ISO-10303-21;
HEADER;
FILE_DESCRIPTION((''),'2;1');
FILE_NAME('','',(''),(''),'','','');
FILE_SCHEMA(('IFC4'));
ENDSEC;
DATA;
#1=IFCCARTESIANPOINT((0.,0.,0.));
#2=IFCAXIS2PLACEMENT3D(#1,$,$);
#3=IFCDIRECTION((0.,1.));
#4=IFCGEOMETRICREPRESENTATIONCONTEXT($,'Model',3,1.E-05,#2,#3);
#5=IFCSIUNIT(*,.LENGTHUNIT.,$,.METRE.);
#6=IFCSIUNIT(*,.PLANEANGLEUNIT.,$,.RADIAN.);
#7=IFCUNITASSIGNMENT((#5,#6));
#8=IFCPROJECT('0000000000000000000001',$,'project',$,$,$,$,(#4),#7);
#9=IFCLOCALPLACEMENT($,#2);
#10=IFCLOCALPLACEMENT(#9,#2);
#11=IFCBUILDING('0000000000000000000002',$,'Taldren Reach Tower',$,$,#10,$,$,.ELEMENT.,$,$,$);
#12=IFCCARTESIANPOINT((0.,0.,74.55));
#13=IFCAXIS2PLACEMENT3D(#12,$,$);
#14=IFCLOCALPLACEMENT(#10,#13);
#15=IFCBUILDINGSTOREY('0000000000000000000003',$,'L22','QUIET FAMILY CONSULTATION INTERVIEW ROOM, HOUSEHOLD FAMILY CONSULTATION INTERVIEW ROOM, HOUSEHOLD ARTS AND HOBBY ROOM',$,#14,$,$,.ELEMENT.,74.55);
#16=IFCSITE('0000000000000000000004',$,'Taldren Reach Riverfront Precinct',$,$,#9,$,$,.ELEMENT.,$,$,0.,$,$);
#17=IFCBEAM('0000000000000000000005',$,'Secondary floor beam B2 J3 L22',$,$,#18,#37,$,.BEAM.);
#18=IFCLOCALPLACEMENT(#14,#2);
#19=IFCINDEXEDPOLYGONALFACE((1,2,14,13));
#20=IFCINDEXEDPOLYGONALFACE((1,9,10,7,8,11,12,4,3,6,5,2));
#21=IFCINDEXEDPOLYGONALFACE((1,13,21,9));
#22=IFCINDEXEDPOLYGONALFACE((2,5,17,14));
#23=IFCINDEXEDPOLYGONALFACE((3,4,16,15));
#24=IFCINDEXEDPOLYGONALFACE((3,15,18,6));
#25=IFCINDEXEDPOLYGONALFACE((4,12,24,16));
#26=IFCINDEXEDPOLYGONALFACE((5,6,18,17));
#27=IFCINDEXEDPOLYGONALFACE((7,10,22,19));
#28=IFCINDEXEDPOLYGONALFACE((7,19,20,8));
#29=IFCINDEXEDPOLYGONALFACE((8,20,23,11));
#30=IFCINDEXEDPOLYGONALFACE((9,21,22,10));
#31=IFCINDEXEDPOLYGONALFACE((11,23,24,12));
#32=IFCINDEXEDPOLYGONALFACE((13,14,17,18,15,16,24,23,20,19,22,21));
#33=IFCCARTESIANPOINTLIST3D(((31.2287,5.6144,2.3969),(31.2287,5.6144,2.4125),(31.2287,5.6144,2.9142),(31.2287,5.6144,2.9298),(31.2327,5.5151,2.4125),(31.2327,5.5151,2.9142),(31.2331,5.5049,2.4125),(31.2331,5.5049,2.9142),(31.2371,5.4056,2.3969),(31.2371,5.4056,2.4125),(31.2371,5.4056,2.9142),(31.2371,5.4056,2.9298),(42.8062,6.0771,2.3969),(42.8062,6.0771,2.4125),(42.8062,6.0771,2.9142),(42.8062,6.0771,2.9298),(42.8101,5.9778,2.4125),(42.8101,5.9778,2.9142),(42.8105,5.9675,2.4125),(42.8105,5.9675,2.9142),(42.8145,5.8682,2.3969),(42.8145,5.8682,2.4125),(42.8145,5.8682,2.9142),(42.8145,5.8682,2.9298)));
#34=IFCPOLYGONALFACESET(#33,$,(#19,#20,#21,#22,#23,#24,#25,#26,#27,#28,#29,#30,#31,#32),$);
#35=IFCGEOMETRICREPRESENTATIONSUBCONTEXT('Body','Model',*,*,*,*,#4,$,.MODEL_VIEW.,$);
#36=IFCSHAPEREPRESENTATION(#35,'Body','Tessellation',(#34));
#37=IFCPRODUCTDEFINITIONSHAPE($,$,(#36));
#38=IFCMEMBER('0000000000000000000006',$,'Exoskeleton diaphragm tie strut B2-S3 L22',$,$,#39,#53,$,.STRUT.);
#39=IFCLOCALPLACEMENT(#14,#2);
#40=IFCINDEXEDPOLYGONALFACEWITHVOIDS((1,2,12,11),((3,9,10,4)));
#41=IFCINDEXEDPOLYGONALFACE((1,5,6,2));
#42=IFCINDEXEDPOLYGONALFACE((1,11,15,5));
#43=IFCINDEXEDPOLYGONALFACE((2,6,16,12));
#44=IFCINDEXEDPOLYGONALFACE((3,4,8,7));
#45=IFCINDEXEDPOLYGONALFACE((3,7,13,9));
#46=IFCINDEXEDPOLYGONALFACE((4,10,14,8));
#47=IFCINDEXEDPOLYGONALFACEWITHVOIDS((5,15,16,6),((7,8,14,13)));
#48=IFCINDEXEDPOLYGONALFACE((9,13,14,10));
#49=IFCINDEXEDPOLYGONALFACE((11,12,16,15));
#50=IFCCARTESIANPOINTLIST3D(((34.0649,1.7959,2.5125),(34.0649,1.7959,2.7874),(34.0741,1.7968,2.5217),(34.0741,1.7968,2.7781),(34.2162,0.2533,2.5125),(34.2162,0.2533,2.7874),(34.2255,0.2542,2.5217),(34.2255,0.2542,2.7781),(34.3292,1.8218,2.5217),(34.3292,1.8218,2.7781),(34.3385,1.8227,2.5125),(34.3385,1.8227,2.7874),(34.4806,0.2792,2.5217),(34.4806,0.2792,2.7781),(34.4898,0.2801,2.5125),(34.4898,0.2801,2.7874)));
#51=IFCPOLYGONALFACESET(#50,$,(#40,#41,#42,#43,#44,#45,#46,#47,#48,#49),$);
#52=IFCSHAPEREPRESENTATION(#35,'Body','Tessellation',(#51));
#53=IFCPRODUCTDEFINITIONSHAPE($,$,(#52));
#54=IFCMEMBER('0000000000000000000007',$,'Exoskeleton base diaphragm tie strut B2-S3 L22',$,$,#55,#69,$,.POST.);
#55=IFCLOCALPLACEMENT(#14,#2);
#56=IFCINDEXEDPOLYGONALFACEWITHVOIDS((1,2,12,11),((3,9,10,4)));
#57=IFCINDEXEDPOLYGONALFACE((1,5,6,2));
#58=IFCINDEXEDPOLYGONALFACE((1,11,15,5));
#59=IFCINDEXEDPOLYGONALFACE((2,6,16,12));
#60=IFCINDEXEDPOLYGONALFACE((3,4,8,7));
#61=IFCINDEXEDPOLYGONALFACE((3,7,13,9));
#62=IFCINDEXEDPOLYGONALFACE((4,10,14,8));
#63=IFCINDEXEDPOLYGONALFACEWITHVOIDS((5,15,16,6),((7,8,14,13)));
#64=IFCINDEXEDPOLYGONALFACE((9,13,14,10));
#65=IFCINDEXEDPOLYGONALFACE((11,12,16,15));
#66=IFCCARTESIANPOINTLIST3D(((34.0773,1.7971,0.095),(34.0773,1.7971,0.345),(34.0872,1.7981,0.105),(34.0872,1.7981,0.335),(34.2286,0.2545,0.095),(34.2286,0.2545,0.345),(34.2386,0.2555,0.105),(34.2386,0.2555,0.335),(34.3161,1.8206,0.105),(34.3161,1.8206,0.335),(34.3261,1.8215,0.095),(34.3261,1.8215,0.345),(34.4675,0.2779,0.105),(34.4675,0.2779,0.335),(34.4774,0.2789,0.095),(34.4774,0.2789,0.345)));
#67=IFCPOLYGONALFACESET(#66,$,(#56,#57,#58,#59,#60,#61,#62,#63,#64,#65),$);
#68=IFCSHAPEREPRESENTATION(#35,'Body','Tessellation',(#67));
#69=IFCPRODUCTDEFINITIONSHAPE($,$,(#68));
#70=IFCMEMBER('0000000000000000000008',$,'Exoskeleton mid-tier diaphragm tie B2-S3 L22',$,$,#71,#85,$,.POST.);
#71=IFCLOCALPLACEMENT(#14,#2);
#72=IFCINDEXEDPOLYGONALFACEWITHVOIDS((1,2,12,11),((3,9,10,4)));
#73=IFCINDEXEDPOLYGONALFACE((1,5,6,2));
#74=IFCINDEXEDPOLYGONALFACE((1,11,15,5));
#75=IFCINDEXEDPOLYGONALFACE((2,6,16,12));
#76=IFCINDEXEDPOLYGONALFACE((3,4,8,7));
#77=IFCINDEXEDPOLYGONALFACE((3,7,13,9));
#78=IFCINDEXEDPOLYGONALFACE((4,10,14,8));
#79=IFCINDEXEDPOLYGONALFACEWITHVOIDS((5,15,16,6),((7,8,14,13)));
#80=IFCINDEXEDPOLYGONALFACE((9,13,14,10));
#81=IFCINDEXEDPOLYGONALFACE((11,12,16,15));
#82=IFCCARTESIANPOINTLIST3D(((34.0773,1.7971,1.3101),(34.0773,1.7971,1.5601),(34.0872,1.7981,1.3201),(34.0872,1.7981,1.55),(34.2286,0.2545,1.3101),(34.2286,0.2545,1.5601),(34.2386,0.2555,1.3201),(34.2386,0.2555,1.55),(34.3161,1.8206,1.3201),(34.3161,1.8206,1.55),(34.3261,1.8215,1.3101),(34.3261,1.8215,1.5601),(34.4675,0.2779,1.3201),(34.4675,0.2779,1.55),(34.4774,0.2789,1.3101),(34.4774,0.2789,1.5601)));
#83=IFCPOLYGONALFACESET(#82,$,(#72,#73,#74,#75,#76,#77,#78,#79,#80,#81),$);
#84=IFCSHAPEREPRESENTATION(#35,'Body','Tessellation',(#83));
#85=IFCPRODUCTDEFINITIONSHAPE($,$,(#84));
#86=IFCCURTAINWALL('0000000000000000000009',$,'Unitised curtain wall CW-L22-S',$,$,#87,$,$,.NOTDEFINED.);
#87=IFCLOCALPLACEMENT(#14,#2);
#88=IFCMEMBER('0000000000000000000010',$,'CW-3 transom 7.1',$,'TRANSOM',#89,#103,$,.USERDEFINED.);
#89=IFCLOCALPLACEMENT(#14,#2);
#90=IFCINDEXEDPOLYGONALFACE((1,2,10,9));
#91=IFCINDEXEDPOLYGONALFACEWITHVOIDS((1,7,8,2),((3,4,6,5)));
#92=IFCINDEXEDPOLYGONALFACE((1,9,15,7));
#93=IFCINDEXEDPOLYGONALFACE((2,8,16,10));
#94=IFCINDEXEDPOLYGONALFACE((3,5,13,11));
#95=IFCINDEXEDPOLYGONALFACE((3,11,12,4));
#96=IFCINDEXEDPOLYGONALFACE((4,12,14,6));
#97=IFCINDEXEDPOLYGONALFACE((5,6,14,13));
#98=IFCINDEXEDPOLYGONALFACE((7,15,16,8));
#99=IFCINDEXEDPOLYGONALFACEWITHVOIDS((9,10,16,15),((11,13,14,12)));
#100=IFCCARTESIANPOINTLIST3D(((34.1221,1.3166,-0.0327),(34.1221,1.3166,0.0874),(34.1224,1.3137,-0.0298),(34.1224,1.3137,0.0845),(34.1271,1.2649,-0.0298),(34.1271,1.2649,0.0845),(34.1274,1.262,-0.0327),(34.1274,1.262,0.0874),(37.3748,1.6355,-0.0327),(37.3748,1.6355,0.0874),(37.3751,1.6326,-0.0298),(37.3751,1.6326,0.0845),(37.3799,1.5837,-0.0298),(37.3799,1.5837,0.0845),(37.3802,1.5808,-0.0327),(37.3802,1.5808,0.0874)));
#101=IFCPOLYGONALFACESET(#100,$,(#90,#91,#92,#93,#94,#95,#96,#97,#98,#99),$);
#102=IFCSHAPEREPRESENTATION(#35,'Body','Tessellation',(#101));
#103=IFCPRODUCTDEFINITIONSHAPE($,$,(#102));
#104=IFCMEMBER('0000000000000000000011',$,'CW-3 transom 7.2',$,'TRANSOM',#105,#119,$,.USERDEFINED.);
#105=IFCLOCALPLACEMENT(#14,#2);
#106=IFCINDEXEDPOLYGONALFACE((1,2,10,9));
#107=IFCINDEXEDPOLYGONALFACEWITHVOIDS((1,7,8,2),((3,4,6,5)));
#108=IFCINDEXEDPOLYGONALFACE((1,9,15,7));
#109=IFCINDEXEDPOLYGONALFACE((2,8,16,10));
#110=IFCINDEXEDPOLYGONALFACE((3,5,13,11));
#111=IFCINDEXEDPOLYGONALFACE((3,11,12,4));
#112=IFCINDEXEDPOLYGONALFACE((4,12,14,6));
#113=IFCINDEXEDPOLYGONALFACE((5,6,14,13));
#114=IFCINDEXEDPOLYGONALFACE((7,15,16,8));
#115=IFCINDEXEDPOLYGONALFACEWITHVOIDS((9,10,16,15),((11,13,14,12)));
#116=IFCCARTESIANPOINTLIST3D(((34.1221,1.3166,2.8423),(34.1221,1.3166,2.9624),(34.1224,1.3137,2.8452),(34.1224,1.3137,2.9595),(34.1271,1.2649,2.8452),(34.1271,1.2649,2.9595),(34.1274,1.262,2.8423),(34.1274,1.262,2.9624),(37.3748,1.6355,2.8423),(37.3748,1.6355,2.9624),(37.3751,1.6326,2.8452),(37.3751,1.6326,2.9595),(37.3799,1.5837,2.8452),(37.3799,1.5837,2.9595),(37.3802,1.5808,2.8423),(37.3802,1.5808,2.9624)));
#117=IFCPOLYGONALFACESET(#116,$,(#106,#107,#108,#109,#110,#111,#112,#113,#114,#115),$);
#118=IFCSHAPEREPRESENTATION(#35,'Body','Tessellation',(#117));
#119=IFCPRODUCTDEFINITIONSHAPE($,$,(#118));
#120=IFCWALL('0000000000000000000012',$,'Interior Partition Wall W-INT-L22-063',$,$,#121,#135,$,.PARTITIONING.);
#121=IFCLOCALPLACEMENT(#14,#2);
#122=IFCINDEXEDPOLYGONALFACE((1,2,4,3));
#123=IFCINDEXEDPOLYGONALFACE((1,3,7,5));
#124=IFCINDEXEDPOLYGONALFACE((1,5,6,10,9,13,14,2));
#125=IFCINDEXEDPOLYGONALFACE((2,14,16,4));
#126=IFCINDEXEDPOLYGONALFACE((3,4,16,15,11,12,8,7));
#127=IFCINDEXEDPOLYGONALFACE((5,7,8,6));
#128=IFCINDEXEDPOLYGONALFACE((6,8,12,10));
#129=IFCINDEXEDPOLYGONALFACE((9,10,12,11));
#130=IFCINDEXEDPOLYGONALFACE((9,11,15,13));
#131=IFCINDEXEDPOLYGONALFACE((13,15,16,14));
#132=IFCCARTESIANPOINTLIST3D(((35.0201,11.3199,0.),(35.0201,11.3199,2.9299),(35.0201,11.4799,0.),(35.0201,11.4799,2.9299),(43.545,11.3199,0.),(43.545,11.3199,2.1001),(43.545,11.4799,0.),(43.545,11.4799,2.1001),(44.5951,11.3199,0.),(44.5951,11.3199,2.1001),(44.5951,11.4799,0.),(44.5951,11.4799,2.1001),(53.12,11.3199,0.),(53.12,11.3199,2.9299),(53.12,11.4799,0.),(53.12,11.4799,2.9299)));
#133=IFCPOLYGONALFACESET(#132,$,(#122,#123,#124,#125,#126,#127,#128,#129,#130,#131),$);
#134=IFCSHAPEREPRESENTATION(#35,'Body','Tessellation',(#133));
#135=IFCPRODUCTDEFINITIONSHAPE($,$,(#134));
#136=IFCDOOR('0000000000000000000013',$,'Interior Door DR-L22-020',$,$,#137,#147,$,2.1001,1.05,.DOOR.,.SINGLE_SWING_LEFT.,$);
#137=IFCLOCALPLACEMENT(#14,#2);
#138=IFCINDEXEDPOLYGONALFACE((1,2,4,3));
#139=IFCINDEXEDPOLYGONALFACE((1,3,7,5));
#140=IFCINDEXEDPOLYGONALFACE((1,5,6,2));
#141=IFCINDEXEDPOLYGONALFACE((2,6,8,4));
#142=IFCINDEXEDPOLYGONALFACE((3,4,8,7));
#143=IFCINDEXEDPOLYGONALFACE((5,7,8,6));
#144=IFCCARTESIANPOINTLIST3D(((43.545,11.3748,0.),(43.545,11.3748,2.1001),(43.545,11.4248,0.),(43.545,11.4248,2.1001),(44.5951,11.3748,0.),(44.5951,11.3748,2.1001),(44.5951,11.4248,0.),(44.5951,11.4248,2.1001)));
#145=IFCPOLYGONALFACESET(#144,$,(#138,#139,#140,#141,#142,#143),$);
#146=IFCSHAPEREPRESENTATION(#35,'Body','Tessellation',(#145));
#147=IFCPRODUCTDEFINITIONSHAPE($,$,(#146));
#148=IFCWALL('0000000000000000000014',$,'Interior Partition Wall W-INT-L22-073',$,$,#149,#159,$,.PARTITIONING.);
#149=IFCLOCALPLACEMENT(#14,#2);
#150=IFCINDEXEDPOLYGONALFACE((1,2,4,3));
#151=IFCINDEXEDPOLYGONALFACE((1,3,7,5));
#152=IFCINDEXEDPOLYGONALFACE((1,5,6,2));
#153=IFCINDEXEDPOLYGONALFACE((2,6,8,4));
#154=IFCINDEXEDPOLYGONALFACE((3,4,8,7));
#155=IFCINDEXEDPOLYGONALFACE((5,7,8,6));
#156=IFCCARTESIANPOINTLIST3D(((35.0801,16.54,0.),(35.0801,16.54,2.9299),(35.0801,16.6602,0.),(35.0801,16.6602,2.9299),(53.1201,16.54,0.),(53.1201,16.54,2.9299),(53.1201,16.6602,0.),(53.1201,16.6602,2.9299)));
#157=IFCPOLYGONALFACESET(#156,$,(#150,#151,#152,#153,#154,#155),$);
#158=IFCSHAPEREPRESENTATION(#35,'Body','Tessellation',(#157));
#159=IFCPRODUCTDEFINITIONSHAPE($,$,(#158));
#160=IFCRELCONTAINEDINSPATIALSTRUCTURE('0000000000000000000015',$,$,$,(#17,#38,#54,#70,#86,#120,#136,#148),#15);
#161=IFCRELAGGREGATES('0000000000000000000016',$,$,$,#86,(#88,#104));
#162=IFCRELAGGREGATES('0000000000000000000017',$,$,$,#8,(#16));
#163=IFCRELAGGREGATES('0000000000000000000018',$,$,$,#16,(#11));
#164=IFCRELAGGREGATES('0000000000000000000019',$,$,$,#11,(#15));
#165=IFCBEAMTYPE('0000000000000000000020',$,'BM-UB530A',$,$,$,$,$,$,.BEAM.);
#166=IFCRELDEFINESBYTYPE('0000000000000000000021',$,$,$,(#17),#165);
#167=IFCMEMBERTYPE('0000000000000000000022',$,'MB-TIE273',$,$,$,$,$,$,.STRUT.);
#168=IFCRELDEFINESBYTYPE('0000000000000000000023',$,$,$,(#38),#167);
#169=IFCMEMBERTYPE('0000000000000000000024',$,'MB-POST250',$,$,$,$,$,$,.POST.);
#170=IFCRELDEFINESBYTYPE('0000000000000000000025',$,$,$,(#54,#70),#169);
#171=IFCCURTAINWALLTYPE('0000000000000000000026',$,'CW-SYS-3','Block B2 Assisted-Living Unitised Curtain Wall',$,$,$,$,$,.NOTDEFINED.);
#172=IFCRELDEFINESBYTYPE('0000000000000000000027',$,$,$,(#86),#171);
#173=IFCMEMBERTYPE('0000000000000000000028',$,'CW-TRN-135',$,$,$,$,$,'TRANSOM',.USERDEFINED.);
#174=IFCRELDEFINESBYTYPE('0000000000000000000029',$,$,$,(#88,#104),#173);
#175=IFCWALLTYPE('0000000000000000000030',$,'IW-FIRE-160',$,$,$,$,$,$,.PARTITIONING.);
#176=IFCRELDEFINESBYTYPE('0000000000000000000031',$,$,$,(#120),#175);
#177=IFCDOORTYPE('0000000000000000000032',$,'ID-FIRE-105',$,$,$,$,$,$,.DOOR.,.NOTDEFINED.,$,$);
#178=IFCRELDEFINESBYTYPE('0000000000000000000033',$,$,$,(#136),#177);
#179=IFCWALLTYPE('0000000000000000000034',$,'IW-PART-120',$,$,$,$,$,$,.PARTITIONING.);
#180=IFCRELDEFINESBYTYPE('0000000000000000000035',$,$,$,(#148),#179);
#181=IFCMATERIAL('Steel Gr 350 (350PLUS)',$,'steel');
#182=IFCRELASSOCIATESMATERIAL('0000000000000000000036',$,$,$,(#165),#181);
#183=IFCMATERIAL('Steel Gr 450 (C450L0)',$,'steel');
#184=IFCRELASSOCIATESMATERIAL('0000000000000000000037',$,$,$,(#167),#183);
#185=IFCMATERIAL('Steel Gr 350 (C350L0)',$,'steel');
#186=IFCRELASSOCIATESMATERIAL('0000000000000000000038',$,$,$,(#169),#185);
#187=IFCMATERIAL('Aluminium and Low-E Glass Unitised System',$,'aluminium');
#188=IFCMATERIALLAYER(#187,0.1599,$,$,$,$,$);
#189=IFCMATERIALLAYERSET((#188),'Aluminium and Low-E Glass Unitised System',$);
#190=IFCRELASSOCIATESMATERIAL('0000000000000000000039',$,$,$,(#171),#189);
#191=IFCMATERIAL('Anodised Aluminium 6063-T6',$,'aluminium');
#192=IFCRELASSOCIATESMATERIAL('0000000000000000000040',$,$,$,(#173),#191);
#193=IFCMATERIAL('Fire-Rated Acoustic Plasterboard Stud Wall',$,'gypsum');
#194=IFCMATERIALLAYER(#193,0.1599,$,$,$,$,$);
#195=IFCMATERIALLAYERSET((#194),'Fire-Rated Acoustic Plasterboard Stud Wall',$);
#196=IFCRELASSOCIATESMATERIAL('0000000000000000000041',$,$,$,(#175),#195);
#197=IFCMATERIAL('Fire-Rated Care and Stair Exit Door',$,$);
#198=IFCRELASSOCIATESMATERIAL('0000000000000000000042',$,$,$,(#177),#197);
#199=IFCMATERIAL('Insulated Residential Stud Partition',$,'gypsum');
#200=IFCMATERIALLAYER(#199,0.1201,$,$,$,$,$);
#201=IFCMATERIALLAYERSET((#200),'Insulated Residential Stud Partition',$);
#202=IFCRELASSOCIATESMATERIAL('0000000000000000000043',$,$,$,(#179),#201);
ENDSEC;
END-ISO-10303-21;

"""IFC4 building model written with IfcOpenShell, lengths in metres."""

from ifc_helpers import new_model, si_unit, direction, frame, frame_2d, origin, origin_2d, place, context, subcontext, project, spatial, rectangle, hollow_rectangle, i_section, extrude, source, transform, mapped, material, layer, layer_set, material_profile, profile_set, type_object, element, fill, aggregate, save


model = new_model("IFC4")

# Units and contexts
model_context = context("Model", 3, precision=1e-05, world=origin(), true_north=direction((0.0, 1.0)))
body_context = subcontext(model_context, "Body", "Model", "MODEL_VIEW")
ifc_project = project(units=[si_unit("LENGTHUNIT", "METRE"), si_unit("PLANEANGLEUNIT", "RADIAN")], contexts=[model_context])

# Site, building, storey
site_placement = place(None, origin())
site = spatial("IfcSite", under=ifc_project, at=site_placement, Name="Taldren Reach Riverfront Precinct", CompositionType="ELEMENT", RefElevation=0.0)
building_placement = place(site_placement, origin())
building = spatial("IfcBuilding", under=site, at=building_placement, Name="Taldren Reach Tower", CompositionType="ELEMENT")
storey_placement = place(building_placement, frame((0.0, 0.0, 74.55)))
storey = spatial("IfcBuildingStorey", under=building, at=storey_placement, Name="L22", Description="QUIET FAMILY CONSULTATION INTERVIEW ROOM, HOUSEHOLD FAMILY CONSULTATION INTERVIEW ROOM, HOUSEHOLD ARTS AND HOBBY ROOM", CompositionType="ELEMENT", Elevation=74.55)

# Shared definitions
ifc_material_1 = material(Name="Steel Gr 350 (350PLUS)", Category="steel")

# Beam
ifc_material_profile_1 = material_profile(ifc_material_1, i_section(OverallWidth=0.209, OverallDepth=0.533, WebThickness=0.0103, FlangeThickness=0.0156, at=origin_2d()), Name="530UB92.4")
ifc_profile_set_1 = profile_set([ifc_material_profile_1], Name="Steel Gr 350 (350PLUS)")
beam_type_1 = type_object("IfcBeamType", Name="BM-UB530A", PredefinedType="BEAM", material=ifc_profile_set_1)
shared_shape_1 = source(origin(), body_context, "Body", "SweptSolid", [
    extrude(i_section(OverallWidth=0.209, OverallDepth=0.533, WebThickness=0.0103, FlangeThickness=0.0156, at=origin_2d()), origin(), (0.0, 0.0, 1.0), 11.5867),
])
beam_1_placement = place(storey_placement, frame((31.2329, 5.51, 2.6633), z_axis=(0.999203, 0.039929, 0.0), x_axis=(-0.039929, 0.999203, 0.0)))
element("IfcBeam", 1, at=beam_1_placement, inside=storey, type_object=beam_type_1, Name="Secondary floor beam B2 J3 L22", PredefinedType="BEAM", context=body_context, shape_type="MappedRepresentation", body=[
    mapped(shared_shape_1, transform((0.0, 0.0, 0.0), scale=1.0)),
])

# Members
ifc_material_2 = material(Name="Steel Gr 450 (C450L0)", Category="steel")
ifc_material_profile_2 = material_profile(ifc_material_2, hollow_rectangle(XDim=0.2749, YDim=0.2749, WallThickness=0.0093, at=origin_2d()), Name="275x275x9.3SHS")
ifc_profile_set_2 = profile_set([ifc_material_profile_2], Name="Steel Gr 450 (C450L0)")
member_type_1 = type_object("IfcMemberType", Name="MB-TIE273", PredefinedType="STRUT", material=ifc_profile_set_2)
shared_shape_2 = source(origin(), body_context, "Body", "SweptSolid", [
    extrude(hollow_rectangle(XDim=0.2749, YDim=0.2749, WallThickness=0.0093, at=origin_2d()), origin(), (0.0, 0.0, 1.0), 1.55),
])
member_1_placement = place(storey_placement, frame((34.2017, 1.8093, 2.6499), z_axis=(0.097648, -0.995221, 0.0), x_axis=(0.995221, 0.097648, 0.0)))
element("IfcMember", 2, at=member_1_placement, inside=storey, type_object=member_type_1, Name="Exoskeleton diaphragm tie strut B2-S3 L22", PredefinedType="STRUT", context=body_context, shape_type="MappedRepresentation", body=[
    mapped(shared_shape_2, transform((0.0, 0.0, 0.0), scale=1.0)),
])
ifc_material_3 = material(Name="Steel Gr 350 (C350L0)", Category="steel")
ifc_material_profile_3 = material_profile(ifc_material_3, hollow_rectangle(XDim=0.25, YDim=0.25, WallThickness=0.01, at=origin_2d()), Name="250x250x10.0SHS")
ifc_profile_set_3 = profile_set([ifc_material_profile_3], Name="Steel Gr 350 (C350L0)")
member_type_2 = type_object("IfcMemberType", Name="MB-POST250", PredefinedType="POST", material=ifc_profile_set_3)
shared_shape_3 = source(origin(), body_context, "Body", "SweptSolid", [
    extrude(hollow_rectangle(XDim=0.25, YDim=0.25, WallThickness=0.01, at=origin_2d()), origin(), (0.0, 0.0, 1.0), 1.55),
])
for number, where, z_axis, x_axis, name in (
    (3, (34.2017, 1.8093, 0.22), (0.097648, -0.995221, 0.0), (0.995221, 0.097648, 0.0), "Exoskeleton base diaphragm tie strut B2-S3 L22"),
    (4, (34.2017, 1.8093, 1.4351), (0.097648, -0.995221, 0.0), (0.995221, 0.097648, 0.0), "Exoskeleton mid-tier diaphragm tie B2-S3 L22"),
):
    element("IfcMember", number, at=place(storey_placement, frame(where, z_axis=z_axis, x_axis=x_axis)), inside=storey, type_object=member_type_2, Name=name, PredefinedType="POST", context=body_context, shape_type="MappedRepresentation", body=[
        mapped(shared_shape_3, transform((0.0, 0.0, 0.0), scale=1.0)),
    ])

# Curtain wall, members
ifc_material_4 = material(Name="Aluminium and Low-E Glass Unitised System", Category="aluminium")
ifc_layer_1 = layer(ifc_material_4, 0.1599)
ifc_layer_set_1 = layer_set([ifc_layer_1], Name="Aluminium and Low-E Glass Unitised System")
curtain_wall_type = type_object("IfcCurtainWallType", Name="CW-SYS-3", Description="Block B2 Assisted-Living Unitised Curtain Wall", PredefinedType="NOTDEFINED", material=ifc_layer_set_1)
curtain_wall_placement = place(storey_placement, origin())
curtain_wall = element("IfcCurtainWall", 5, at=curtain_wall_placement, inside=storey, type_object=curtain_wall_type, Name="Unitised curtain wall CW-L22-S", PredefinedType="NOTDEFINED")
ifc_material_5 = material(Name="Anodised Aluminium 6063-T6", Category="aluminium")
ifc_material_profile_4 = material_profile(ifc_material_5, hollow_rectangle(XDim=0.0549, YDim=0.1201, WallThickness=0.0029, at=origin_2d()), Name="ALU-120x55x3RHS")
ifc_profile_set_4 = profile_set([ifc_material_profile_4], Name="Anodised Aluminium 6063-T6")
member_type_3 = type_object("IfcMemberType", Name="CW-TRN-135", ElementType="TRANSOM", PredefinedType="USERDEFINED", material=ifc_profile_set_4)
shared_shape_4 = source(origin(), body_context, "Body", "SweptSolid", [
    extrude(hollow_rectangle(XDim=0.0549, YDim=0.1201, WallThickness=0.0029, at=origin_2d()), origin(), (0.0, 0.0, 1.0), 3.2683),
])
member_2_placement = place(storey_placement, frame((34.1248, 1.2893, 0.0273), z_axis=(0.99523, 0.097558, 0.0), x_axis=(-0.097558, 0.99523, 0.0)))
member_2 = element("IfcMember", 6, at=member_2_placement, type_object=member_type_3, Name="CW-3 transom 7.1", ObjectType="TRANSOM", PredefinedType="USERDEFINED", context=body_context, shape_type="MappedRepresentation", body=[
    mapped(shared_shape_4, transform((0.0, 0.0, 0.0), scale=1.0)),
])
member_3_placement = place(storey_placement, frame((34.1248, 1.2893, 2.9023), z_axis=(0.99523, 0.097558, 0.0), x_axis=(-0.097558, 0.99523, 0.0)))
member_3 = element("IfcMember", 7, at=member_3_placement, type_object=member_type_3, Name="CW-3 transom 7.2", ObjectType="TRANSOM", PredefinedType="USERDEFINED", context=body_context, shape_type="MappedRepresentation", body=[
    mapped(shared_shape_4, transform((0.0, 0.0, 0.0), scale=1.0)),
])
aggregate(curtain_wall, [member_2, member_3])

# Wall, opening, door
ifc_material_6 = material(Name="Fire-Rated Acoustic Plasterboard Stud Wall", Category="gypsum")
ifc_layer_2 = layer(ifc_material_6, 0.1599)
ifc_layer_set_2 = layer_set([ifc_layer_2], Name="Fire-Rated Acoustic Plasterboard Stud Wall")
wall_type_1 = type_object("IfcWallType", Name="IW-FIRE-160", PredefinedType="PARTITIONING", material=ifc_layer_set_2)
shared_shape_5 = source(origin(), body_context, "Body", "SweptSolid", [
    extrude(rectangle(XDim=18.0999, YDim=0.1599, at=frame_2d((9.0498, 0.0))), origin(), (0.0, 0.0, 1.0), 2.9299),
])
wall_1_placement = place(storey_placement, frame((35.0203, 11.3999, 0.0), z_axis=(0.0, 0.0, 1.0), x_axis=(1.0, 0.0, 0.0)))
wall_1 = element("IfcWall", 8, at=wall_1_placement, inside=storey, type_object=wall_type_1, Name="Interior Partition Wall W-INT-L22-063", PredefinedType="PARTITIONING", context=body_context, shape_type="MappedRepresentation", body=[
    mapped(shared_shape_5, transform((0.0, 0.0, 0.0), scale=1.0)),
])
shared_shape_6 = source(origin(), body_context, "Body", "SweptSolid", [
    extrude(rectangle(XDim=1.05, YDim=2.1001, at=frame_2d((0.5249, 1.05))), frame((0.0, 0.0898, 0.0), z_axis=(0.0, -1.0, 0.0), x_axis=(1.0, 0.0, 0.0)), (0.0, 0.0, 1.0), 0.1799),
])
opening_1_placement = place(wall_1_placement, frame((8.5249, 0.0, 0.0)))
opening_1 = element("IfcOpeningElement", 9, at=opening_1_placement, cuts=wall_1, PredefinedType="OPENING", context=body_context, shape_type="MappedRepresentation", body=[
    mapped(shared_shape_6, transform((0.0, 0.0, 0.0), scale=1.0)),
])
ifc_material_7 = material(Name="Fire-Rated Care and Stair Exit Door")
door_type_1 = type_object("IfcDoorType", Name="ID-FIRE-105", OperationType="NOTDEFINED", PredefinedType="DOOR", material=ifc_material_7)
shared_shape_7 = source(origin(), body_context, "Body", "SweptSolid", [
    extrude(rectangle(XDim=1.05, YDim=2.1001, at=frame_2d((0.5249, 1.05))), frame((0.0, 0.0249, 0.0), z_axis=(0.0, -1.0, 0.0), x_axis=(1.0, 0.0, 0.0)), (0.0, 0.0, 1.0), 0.05),
])
door_1_placement = place(opening_1_placement, origin())
door_1 = element("IfcDoor", 10, at=door_1_placement, inside=storey, type_object=door_type_1, Name="Interior Door DR-L22-020", OperationType="SINGLE_SWING_LEFT", OverallHeight=2.1001, OverallWidth=1.05, PredefinedType="DOOR", context=body_context, shape_type="MappedRepresentation", body=[
    mapped(shared_shape_7, transform((0.0, 0.0, 0.0), scale=1.0)),
])
fill(opening_1, door_1)

# Wall
ifc_material_8 = material(Name="Insulated Residential Stud Partition", Category="gypsum")
ifc_layer_3 = layer(ifc_material_8, 0.1201)
ifc_layer_set_3 = layer_set([ifc_layer_3], Name="Insulated Residential Stud Partition")
wall_type_2 = type_object("IfcWallType", Name="IW-PART-120", PredefinedType="PARTITIONING", material=ifc_layer_set_3)
shared_shape_8 = source(origin(), body_context, "Body", "SweptSolid", [
    extrude(rectangle(XDim=18.04, YDim=0.1201, at=frame_2d((9.02, 0.0))), origin(), (0.0, 0.0, 1.0), 2.9299),
])
wall_2_placement = place(storey_placement, frame((35.0801, 16.6001, 0.0), z_axis=(0.0, 0.0, 1.0), x_axis=(1.0, 0.0, 0.0)))
element("IfcWall", 11, at=wall_2_placement, inside=storey, type_object=wall_type_2, Name="Interior Partition Wall W-INT-L22-073", PredefinedType="PARTITIONING", context=body_context, shape_type="MappedRepresentation", body=[
    mapped(shared_shape_8, transform((0.0, 0.0, 0.0), scale=1.0)),
])

save(model, "model.ifc")
